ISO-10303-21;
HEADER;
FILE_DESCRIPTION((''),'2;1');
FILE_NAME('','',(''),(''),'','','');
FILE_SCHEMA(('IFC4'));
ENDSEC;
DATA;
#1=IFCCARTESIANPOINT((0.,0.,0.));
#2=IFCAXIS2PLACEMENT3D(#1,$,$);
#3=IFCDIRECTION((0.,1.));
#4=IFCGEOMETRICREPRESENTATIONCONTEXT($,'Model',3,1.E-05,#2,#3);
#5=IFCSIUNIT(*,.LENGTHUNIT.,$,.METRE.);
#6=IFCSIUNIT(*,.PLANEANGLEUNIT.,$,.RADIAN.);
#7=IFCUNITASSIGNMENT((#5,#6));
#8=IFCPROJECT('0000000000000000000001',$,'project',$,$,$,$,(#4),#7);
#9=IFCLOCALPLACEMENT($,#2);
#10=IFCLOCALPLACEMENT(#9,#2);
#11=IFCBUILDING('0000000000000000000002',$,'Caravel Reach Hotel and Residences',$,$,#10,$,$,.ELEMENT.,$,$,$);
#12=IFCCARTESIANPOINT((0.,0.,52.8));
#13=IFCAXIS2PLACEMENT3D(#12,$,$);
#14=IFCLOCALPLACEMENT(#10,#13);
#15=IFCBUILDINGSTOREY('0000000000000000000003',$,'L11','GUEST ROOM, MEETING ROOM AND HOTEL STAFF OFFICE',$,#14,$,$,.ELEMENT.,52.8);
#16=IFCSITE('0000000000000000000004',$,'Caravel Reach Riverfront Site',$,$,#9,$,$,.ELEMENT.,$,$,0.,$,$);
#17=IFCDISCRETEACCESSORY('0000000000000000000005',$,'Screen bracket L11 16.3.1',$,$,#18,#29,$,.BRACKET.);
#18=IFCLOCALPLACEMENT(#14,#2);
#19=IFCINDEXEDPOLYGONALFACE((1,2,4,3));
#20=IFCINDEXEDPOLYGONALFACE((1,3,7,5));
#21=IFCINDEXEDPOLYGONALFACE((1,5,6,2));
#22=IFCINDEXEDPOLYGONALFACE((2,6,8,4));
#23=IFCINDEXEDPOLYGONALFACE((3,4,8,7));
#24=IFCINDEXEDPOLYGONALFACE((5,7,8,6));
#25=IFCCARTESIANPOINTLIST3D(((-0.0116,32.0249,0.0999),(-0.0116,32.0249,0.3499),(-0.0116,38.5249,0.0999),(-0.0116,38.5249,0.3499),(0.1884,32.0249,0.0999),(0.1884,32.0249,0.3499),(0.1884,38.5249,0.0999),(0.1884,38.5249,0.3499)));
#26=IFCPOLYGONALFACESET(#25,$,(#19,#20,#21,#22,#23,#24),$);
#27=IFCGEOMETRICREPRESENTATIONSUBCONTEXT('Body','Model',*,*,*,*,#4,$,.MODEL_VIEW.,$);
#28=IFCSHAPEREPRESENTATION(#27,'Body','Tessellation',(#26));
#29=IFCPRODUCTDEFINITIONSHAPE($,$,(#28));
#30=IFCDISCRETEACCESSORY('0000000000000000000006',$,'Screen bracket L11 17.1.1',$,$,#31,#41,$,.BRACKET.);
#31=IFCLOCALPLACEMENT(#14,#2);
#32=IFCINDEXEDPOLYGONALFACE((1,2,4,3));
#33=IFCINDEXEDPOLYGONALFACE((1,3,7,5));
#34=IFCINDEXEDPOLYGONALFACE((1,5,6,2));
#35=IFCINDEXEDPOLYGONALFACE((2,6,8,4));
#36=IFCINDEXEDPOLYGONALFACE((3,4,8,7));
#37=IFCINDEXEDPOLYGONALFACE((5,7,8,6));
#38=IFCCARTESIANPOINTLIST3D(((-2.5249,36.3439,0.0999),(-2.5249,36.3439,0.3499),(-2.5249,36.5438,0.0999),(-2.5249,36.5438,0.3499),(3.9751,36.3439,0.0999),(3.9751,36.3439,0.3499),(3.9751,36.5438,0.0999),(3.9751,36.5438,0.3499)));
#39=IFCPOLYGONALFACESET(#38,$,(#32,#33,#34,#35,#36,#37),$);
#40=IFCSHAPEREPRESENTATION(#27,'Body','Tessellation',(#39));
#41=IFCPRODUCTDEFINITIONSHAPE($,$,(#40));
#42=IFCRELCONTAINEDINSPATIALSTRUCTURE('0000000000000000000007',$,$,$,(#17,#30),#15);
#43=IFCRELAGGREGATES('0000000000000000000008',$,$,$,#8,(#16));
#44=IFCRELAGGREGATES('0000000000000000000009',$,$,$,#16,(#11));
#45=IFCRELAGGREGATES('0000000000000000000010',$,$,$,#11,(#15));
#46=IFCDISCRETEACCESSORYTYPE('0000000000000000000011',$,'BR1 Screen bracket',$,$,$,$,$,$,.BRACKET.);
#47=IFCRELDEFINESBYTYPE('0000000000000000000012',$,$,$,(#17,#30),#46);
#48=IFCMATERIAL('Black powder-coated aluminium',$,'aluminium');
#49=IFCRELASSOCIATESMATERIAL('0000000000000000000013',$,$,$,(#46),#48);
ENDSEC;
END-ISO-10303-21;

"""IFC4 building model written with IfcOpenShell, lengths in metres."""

from ifc_helpers import new_model, si_unit, direction, frame, origin, origin_2d, place, context, subcontext, project, spatial, rectangle, extrude, material, type_object, element, save


model = new_model("IFC4")

# Units and contexts
model_context = context("Model", 3, precision=1e-05, world=origin(), true_north=direction((0.0, 1.0)))
body_context = subcontext(model_context, "Body", "Model", "MODEL_VIEW")
ifc_project = project(units=[si_unit("LENGTHUNIT", "METRE"), si_unit("PLANEANGLEUNIT", "RADIAN")], contexts=[model_context])

# Site, building, storey
site_placement = place(None, origin())
site = spatial("IfcSite", under=ifc_project, at=site_placement, Name="Caravel Reach Riverfront Site", CompositionType="ELEMENT", RefElevation=0.0)
building_placement = place(site_placement, origin())
building = spatial("IfcBuilding", under=site, at=building_placement, Name="Caravel Reach Hotel and Residences", CompositionType="ELEMENT")
storey_placement = place(building_placement, frame((0.0, 0.0, 52.8)))
storey = spatial("IfcBuildingStorey", under=building, at=storey_placement, Name="L11", Description="GUEST ROOM, MEETING ROOM AND HOTEL STAFF OFFICE", CompositionType="ELEMENT", Elevation=52.8)

# Discrete accessories
ifc_material_1 = material(Name="Black powder-coated aluminium", Category="aluminium")
discrete_accessory_type = type_object("IfcDiscreteAccessoryType", Name="BR1 Screen bracket", PredefinedType="BRACKET", material=ifc_material_1)
for number, where, z_axis, x_axis, name in (
    (1, (0.0884, 35.2749, 0.0999), (0.0, 0.0, 1.0), (0.0, 1.0, 0.0), "Screen bracket L11 16.3.1"),
    (2, (0.7251, 36.4438, 0.0999), (0.0, 0.0, 1.0), (-1.0, 0.0, 0.0), "Screen bracket L11 17.1.1"),
):
    element("IfcDiscreteAccessory", number, at=place(storey_placement, frame(where, z_axis=z_axis, x_axis=x_axis)), inside=storey, type_object=discrete_accessory_type, Name=name, PredefinedType="BRACKET", context=body_context, shape_type="SweptSolid", body=[
        extrude(rectangle(XDim=6.5, YDim=0.2, at=origin_2d()), origin(), (0.0, 0.0, 1.0), 0.25),
    ])

save(model, "model.ifc")
